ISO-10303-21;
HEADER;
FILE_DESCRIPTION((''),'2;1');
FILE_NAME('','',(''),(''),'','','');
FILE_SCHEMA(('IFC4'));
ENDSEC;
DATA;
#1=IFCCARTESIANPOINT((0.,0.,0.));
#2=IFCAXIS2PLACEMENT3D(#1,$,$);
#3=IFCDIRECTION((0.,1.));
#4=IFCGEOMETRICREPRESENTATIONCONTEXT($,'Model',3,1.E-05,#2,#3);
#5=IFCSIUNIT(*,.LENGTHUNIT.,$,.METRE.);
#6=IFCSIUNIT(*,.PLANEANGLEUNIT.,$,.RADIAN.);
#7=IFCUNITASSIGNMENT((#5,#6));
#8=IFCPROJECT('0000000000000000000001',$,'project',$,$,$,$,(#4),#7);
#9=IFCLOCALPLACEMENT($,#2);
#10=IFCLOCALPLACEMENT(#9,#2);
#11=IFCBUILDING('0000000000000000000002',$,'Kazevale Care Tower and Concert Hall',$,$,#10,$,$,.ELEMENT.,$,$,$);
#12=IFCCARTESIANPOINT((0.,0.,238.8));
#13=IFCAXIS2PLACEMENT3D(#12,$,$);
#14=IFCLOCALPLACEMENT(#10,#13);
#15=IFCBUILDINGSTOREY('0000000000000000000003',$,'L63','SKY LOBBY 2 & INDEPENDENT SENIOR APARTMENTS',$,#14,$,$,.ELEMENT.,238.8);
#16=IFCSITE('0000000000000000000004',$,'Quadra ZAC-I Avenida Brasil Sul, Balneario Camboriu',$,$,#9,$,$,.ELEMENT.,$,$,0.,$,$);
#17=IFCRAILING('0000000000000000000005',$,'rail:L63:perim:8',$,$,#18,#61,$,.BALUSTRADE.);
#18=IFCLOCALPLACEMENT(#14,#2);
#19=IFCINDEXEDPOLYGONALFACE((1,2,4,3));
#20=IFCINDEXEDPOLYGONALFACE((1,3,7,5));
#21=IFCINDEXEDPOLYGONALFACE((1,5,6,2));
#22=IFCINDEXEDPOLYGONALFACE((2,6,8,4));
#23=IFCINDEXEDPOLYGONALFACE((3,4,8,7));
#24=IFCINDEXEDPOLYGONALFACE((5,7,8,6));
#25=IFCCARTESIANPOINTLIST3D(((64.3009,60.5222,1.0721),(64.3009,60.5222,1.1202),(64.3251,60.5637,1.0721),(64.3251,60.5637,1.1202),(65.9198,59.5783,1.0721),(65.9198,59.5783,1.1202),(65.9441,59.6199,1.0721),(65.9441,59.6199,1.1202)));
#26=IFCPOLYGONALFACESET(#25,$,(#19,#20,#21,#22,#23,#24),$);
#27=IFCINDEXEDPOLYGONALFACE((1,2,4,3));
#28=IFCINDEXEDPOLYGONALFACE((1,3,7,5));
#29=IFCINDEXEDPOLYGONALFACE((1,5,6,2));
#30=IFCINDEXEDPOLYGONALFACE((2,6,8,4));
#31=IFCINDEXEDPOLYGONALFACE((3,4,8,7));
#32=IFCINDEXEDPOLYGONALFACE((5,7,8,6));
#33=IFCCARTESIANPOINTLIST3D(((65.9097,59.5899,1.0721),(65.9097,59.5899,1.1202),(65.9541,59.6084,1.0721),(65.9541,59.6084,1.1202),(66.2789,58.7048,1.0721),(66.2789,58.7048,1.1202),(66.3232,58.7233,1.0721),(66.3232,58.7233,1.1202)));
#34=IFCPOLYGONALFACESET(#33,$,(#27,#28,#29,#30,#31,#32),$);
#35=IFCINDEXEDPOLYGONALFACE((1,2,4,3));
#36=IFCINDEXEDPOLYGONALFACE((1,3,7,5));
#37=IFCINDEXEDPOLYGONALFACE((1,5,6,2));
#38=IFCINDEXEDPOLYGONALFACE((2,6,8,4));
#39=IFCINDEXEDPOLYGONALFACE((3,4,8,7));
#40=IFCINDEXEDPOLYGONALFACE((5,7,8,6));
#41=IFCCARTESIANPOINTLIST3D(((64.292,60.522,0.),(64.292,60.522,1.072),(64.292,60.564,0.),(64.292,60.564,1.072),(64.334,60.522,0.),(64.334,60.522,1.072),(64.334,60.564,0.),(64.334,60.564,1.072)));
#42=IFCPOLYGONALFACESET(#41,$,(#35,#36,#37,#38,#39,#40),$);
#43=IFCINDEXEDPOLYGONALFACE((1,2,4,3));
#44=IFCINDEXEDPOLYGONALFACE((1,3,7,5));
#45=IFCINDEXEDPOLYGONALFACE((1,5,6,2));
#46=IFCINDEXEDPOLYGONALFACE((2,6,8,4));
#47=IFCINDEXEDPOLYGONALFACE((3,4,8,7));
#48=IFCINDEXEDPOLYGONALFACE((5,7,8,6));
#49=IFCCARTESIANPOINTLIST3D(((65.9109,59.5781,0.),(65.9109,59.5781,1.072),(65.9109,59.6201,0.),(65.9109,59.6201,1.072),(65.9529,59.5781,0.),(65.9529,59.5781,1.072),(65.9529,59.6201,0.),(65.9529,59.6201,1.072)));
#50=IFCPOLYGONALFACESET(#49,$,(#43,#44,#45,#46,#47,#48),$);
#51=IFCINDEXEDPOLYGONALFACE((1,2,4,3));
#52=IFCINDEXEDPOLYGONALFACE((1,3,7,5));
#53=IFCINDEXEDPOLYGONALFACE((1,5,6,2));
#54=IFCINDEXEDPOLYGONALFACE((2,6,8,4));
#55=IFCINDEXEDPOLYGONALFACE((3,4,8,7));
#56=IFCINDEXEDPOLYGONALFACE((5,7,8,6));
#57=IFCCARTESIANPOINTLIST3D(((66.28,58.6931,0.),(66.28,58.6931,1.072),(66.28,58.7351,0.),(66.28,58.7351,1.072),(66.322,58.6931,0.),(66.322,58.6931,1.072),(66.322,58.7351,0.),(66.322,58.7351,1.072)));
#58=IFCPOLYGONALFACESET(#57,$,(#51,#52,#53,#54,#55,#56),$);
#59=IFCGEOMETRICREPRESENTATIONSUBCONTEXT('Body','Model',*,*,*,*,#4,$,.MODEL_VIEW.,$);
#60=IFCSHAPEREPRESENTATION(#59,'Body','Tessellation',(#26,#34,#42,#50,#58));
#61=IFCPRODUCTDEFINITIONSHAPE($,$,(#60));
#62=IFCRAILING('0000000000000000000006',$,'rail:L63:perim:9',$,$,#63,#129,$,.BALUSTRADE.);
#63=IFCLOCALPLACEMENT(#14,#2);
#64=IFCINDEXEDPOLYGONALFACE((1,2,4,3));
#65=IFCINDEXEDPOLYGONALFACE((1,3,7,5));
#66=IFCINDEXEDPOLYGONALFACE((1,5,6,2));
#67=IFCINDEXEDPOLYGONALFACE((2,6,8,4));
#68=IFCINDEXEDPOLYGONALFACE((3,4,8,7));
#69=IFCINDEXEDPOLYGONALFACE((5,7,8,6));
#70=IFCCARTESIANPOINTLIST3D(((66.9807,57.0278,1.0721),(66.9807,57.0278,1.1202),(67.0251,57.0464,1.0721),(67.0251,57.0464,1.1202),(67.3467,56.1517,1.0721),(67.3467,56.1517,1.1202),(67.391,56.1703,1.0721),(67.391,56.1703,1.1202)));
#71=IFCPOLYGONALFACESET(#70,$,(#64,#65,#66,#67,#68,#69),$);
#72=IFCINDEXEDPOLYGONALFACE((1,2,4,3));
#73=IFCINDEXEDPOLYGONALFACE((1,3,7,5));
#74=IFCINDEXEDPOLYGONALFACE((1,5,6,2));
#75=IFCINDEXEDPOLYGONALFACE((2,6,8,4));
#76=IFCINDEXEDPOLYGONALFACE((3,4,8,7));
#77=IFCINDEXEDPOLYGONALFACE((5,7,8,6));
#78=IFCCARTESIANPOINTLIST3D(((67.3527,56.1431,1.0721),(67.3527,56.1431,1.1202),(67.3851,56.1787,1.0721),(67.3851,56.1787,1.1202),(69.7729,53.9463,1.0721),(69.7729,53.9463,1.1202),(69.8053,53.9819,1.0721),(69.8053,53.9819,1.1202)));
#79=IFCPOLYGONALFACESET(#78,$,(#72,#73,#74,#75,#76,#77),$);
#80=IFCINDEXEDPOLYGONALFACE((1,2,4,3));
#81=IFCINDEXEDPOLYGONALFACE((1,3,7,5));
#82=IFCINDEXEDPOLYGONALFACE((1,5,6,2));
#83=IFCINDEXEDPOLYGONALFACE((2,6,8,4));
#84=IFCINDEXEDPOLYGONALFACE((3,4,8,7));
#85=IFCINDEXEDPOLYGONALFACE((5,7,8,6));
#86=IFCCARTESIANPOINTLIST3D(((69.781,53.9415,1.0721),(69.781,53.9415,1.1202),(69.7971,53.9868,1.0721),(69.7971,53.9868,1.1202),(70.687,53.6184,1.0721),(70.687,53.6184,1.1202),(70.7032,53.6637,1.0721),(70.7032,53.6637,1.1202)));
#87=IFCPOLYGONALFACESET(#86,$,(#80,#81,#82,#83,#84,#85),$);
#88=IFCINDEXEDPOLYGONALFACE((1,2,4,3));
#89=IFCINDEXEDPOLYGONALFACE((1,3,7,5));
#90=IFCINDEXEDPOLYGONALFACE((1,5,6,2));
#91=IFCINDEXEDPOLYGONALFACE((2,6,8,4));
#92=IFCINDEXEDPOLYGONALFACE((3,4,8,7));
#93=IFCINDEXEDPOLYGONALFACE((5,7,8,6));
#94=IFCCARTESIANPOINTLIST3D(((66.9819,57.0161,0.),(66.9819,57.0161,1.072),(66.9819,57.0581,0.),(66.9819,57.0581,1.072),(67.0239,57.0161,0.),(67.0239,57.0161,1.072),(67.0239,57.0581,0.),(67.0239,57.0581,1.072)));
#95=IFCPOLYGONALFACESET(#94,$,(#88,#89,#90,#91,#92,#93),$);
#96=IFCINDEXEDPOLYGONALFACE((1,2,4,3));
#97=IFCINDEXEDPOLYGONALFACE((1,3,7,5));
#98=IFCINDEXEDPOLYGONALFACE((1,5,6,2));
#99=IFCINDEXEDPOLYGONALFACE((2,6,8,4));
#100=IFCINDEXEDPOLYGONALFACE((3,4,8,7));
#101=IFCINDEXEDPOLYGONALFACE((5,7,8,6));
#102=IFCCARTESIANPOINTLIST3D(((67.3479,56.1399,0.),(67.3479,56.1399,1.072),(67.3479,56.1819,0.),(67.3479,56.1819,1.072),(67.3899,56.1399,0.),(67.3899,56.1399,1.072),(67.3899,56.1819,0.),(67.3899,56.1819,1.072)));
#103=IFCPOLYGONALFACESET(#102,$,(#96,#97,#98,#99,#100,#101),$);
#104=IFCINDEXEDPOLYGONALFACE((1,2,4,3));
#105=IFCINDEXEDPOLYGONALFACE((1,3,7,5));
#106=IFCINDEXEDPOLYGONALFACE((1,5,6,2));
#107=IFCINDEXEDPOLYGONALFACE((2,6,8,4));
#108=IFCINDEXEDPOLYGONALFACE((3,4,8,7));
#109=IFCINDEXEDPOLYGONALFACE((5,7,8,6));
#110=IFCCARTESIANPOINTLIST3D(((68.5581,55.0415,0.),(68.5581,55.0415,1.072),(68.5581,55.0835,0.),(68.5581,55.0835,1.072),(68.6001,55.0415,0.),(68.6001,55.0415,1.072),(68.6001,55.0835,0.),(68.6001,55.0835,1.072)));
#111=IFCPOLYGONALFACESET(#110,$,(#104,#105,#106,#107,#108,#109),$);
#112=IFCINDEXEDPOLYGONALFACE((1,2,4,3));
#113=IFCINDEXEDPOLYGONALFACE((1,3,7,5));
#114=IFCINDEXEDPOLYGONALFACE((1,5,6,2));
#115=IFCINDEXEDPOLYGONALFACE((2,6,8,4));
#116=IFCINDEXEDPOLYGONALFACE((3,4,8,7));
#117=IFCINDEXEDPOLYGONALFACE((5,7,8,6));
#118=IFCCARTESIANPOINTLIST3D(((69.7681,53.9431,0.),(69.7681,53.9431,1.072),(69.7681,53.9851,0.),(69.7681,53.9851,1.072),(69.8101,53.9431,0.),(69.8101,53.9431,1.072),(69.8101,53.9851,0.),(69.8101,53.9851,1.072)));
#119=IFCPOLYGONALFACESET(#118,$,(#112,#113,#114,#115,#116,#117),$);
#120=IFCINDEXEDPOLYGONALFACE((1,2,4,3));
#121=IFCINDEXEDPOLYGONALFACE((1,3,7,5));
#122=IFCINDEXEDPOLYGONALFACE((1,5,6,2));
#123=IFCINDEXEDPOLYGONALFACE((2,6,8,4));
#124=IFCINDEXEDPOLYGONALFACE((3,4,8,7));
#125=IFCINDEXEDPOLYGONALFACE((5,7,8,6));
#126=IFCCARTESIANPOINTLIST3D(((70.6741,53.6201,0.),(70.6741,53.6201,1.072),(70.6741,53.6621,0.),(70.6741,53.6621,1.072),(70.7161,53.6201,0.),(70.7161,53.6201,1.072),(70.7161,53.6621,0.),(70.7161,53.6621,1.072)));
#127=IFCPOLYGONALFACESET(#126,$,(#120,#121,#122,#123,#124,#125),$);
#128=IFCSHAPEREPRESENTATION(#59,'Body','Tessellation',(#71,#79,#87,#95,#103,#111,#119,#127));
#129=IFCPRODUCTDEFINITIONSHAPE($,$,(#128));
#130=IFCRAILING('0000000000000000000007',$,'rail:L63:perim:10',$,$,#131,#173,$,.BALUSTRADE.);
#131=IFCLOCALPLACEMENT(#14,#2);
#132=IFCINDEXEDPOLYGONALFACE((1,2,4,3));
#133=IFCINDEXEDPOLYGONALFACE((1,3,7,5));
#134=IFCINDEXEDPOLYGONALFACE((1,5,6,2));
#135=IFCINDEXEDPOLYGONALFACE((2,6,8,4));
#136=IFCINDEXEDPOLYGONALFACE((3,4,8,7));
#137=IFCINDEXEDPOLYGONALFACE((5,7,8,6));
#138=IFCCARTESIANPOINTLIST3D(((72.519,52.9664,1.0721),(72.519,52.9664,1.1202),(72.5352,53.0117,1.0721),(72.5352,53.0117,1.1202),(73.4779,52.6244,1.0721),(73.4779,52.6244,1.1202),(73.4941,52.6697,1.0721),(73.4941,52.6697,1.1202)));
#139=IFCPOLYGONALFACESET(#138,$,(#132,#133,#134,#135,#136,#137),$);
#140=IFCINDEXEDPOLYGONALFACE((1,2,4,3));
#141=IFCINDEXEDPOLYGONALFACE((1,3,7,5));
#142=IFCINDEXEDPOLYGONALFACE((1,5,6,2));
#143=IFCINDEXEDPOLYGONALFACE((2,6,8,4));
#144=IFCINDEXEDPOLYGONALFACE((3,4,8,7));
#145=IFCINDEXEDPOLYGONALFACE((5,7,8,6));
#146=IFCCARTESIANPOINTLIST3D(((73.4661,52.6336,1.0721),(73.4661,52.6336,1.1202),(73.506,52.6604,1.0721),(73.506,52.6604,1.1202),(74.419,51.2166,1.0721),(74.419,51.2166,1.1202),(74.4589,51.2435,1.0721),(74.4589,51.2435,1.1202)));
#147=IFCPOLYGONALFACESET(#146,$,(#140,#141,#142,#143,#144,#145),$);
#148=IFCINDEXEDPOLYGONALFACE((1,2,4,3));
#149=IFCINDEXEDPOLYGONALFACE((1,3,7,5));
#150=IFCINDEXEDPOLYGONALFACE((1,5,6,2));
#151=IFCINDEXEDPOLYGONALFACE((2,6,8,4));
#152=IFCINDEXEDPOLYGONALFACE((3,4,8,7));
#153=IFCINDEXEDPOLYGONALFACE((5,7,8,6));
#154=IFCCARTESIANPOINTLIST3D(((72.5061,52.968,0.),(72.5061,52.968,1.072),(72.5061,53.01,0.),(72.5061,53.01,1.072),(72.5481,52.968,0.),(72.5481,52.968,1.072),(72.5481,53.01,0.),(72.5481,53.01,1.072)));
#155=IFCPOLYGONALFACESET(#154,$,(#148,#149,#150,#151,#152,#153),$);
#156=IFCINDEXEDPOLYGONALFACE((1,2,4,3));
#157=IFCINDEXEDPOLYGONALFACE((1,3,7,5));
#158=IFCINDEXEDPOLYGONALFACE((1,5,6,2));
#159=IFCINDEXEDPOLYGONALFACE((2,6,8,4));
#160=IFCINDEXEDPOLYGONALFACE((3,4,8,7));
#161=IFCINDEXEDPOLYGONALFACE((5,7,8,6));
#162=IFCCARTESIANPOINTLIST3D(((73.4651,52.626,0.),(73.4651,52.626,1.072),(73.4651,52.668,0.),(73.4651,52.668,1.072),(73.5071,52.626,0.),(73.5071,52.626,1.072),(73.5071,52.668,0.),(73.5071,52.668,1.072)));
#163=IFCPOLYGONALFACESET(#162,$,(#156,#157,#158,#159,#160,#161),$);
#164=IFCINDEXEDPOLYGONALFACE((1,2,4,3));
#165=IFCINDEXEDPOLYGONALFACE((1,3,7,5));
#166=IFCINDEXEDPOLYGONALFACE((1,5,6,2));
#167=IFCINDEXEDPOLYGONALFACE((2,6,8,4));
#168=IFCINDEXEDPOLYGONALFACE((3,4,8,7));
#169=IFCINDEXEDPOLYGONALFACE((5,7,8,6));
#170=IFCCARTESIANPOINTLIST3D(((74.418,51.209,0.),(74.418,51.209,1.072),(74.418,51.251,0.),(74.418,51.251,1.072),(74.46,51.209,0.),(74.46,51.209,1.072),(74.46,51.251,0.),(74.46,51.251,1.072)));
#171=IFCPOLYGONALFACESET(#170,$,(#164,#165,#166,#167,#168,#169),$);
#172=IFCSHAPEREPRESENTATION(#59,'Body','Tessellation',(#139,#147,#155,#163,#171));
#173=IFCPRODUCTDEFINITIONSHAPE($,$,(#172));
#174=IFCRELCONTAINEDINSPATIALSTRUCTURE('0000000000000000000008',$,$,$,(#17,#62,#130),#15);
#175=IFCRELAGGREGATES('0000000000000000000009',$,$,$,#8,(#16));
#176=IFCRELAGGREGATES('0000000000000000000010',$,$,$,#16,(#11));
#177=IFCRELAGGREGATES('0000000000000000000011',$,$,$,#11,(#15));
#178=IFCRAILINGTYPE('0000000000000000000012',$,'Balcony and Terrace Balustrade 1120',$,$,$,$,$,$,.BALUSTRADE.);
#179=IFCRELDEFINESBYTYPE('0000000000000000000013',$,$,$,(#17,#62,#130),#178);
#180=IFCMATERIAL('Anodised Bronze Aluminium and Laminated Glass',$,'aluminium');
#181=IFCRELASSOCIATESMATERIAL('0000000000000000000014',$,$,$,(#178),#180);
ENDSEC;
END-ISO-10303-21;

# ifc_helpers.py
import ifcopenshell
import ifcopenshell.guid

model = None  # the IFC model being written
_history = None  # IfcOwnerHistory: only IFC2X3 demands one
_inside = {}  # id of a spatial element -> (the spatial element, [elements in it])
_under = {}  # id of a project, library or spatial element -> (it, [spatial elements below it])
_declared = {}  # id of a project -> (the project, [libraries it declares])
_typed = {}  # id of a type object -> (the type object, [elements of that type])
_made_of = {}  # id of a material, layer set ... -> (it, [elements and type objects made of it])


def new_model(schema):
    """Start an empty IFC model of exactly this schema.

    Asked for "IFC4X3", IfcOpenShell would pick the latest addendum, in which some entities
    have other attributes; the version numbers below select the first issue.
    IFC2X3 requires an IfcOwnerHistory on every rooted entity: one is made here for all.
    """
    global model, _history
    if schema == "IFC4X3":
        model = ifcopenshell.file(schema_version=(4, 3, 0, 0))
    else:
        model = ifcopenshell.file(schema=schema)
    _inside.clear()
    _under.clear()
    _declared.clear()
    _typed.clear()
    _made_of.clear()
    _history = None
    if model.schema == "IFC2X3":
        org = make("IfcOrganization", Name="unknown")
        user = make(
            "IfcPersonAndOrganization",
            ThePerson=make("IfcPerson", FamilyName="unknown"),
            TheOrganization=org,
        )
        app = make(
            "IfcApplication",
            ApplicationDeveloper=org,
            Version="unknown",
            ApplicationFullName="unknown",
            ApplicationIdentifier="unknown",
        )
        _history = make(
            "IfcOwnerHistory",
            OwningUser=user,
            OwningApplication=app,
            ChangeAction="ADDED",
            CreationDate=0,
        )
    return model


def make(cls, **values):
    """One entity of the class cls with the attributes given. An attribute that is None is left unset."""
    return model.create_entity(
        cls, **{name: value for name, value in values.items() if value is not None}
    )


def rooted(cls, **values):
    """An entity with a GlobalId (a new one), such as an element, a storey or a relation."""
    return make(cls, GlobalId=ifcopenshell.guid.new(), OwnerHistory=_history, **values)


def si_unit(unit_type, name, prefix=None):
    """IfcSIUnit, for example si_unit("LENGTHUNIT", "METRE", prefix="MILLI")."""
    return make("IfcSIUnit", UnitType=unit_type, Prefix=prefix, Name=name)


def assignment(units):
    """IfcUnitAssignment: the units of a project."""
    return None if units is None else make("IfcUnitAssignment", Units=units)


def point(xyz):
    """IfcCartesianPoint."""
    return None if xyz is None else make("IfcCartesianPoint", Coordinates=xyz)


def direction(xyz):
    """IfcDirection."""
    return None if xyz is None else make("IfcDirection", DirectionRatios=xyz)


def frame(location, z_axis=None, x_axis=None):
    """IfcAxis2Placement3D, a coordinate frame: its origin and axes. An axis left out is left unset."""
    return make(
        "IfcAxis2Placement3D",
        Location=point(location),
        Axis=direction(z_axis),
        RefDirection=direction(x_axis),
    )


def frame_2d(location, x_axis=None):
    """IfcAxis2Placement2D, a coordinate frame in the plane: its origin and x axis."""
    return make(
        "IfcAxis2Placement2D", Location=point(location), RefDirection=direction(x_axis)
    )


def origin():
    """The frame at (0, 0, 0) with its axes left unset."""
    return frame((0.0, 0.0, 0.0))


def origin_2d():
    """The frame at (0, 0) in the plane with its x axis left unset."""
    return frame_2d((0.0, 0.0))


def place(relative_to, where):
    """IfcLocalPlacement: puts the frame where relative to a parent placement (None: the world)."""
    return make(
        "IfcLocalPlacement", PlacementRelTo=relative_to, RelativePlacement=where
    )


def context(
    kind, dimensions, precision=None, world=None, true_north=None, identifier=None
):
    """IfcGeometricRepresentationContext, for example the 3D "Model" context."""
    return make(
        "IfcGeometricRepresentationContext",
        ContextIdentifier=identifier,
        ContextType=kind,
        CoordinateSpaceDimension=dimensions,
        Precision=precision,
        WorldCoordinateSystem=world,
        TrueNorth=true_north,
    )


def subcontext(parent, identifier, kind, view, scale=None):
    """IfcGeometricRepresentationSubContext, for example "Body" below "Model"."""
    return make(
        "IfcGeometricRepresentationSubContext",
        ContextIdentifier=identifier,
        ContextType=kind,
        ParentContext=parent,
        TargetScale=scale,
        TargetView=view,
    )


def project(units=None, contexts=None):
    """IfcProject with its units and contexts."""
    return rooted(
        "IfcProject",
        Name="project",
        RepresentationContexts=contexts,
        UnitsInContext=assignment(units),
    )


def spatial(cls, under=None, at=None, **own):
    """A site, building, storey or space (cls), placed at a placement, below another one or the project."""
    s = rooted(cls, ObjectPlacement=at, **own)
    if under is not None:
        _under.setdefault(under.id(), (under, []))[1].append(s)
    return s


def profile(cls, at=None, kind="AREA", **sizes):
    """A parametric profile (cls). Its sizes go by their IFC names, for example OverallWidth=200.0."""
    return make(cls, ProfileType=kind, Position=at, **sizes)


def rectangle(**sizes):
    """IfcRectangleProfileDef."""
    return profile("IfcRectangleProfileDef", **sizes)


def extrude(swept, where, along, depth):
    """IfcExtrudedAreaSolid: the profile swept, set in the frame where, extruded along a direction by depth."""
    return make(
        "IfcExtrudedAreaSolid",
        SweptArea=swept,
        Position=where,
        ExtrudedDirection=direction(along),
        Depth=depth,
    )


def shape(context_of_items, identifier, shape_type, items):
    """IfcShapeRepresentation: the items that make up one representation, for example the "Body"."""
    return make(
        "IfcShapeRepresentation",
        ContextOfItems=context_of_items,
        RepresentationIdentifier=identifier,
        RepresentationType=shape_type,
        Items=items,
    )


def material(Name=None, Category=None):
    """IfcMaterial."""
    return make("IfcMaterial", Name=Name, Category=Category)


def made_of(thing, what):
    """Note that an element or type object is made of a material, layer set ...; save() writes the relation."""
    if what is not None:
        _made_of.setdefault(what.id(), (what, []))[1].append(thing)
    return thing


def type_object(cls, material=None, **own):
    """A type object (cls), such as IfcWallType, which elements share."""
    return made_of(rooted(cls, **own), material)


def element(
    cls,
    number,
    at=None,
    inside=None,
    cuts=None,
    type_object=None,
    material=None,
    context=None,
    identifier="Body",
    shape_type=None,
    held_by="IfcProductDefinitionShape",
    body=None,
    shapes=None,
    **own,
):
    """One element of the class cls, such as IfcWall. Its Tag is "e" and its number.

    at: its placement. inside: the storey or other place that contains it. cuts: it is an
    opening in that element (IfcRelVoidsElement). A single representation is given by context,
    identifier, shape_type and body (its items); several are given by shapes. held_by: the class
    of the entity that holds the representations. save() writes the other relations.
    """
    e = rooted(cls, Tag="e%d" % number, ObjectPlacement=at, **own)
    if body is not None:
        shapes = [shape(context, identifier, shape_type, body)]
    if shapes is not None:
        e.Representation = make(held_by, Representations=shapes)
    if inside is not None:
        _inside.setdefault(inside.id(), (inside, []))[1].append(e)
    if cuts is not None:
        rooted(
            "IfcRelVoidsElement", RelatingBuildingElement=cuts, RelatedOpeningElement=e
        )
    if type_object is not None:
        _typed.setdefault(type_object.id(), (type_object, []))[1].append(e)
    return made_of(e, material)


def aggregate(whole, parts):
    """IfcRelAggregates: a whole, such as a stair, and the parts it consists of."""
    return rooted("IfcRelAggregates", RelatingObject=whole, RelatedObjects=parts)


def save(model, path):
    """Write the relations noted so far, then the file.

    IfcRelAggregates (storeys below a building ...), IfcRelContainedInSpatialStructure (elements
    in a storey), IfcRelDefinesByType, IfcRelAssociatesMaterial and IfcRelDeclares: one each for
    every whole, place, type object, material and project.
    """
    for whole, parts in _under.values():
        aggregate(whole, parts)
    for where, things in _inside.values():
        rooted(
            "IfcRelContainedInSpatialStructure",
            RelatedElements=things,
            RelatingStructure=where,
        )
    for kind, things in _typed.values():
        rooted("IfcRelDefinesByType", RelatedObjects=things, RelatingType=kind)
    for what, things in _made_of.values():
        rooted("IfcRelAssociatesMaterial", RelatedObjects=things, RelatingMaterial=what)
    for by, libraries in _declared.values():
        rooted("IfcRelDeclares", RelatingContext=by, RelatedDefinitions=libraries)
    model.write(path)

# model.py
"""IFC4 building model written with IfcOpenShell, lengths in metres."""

from ifc_helpers import new_model, si_unit, direction, frame, origin, origin_2d, place, context, subcontext, project, spatial, rectangle, extrude, material, type_object, element, save


model = new_model("IFC4")

# Units and contexts
model_context = context("Model", 3, precision=1e-05, world=origin(), true_north=direction((0.0, 1.0)))
body_context = subcontext(model_context, "Body", "Model", "MODEL_VIEW")
ifc_project = project(units=[si_unit("LENGTHUNIT", "METRE"), si_unit("PLANEANGLEUNIT", "RADIAN")], contexts=[model_context])

# Site, building, storey
site_placement = place(None, origin())
site = spatial("IfcSite", under=ifc_project, at=site_placement, Name="Quadra ZAC-I Avenida Brasil Sul, Balneario Camboriu", CompositionType="ELEMENT", RefElevation=0.0)
building_placement = place(site_placement, origin())
building = spatial("IfcBuilding", under=site, at=building_placement, Name="Kazevale Care Tower and Concert Hall", CompositionType="ELEMENT")
storey_placement = place(building_placement, frame((0.0, 0.0, 238.8)))
storey = spatial("IfcBuildingStorey", under=building, at=storey_placement, Name="L63", Description="SKY LOBBY 2 & INDEPENDENT SENIOR APARTMENTS", CompositionType="ELEMENT", Elevation=238.8)

# Railings
ifc_material_1 = material(Name="Anodised Bronze Aluminium and Laminated Glass", Category="aluminium")
railing_type = type_object("IfcRailingType", Name="Balcony and Terrace Balustrade 1120", PredefinedType="BALUSTRADE", material=ifc_material_1)
railing_1_placement = place(storey_placement, frame((64.313, 60.543, 0.0)))
element("IfcRailing", 1, at=railing_1_placement, inside=storey, type_object=railing_type, Name="rail:L63:perim:8", PredefinedType="BALUSTRADE", context=body_context, shape_type="SweptSolid", body=[
    extrude(rectangle(XDim=0.0481, YDim=0.0481, at=origin_2d()), frame((0.0, 0.0, 1.0962), z_axis=(0.863897, -0.503669, 0.0), x_axis=(0.503669, 0.863897, 0.0)), (0.0, 0.0, 1.0), 1.874),
    extrude(rectangle(XDim=0.0481, YDim=0.0481, at=origin_2d()), frame((1.6189, -0.9438, 1.0962), z_axis=(0.384959, -0.922934, 0.0), x_axis=(0.922934, 0.384959, 0.0)), (0.0, 0.0, 1.0), 0.959),
    extrude(rectangle(XDim=0.042, YDim=0.042, at=origin_2d()), origin(), (0.0, 0.0, 1.0), 1.072),
    extrude(rectangle(XDim=0.042, YDim=0.042, at=origin_2d()), frame((1.6189, -0.9438, 0.0)), (0.0, 0.0, 1.0), 1.072),
    extrude(rectangle(XDim=0.042, YDim=0.042, at=origin_2d()), frame((1.988, -1.8289, 0.0)), (0.0, 0.0, 1.0), 1.072),
])
railing_2_placement = place(storey_placement, frame((67.0029, 57.0371, 0.0)))
element("IfcRailing", 2, at=railing_2_placement, inside=storey, type_object=railing_type, Name="rail:L63:perim:9", PredefinedType="BALUSTRADE", context=body_context, shape_type="SweptSolid", body=[
    extrude(rectangle(XDim=0.0481, YDim=0.0481, at=origin_2d()), frame((0.0, 0.0, 1.0962), z_axis=(0.3854, -0.92275, 0.0), x_axis=(0.92275, 0.3854, 0.0)), (0.0, 0.0, 1.0), 0.9495),
    extrude(rectangle(XDim=0.0481, YDim=0.0481, at=origin_2d()), frame((0.366, -0.8762, 1.0962), z_axis=(0.740454, -0.672107, 0.0), x_axis=(0.672107, 0.740454, 0.0)), (0.0, 0.0, 1.0), 3.2686),
    extrude(rectangle(XDim=0.0481, YDim=0.0481, at=origin_2d()), frame((2.7861, -3.073, 1.0962), z_axis=(0.941931, -0.335806, 0.0), x_axis=(0.335806, 0.941931, 0.0)), (0.0, 0.0, 1.0), 0.9619),
    extrude(rectangle(XDim=0.042, YDim=0.042, at=origin_2d()), origin(), (0.0, 0.0, 1.0), 1.072),
    extrude(rectangle(XDim=0.042, YDim=0.042, at=origin_2d()), frame((0.366, -0.8762, 0.0)), (0.0, 0.0, 1.0), 1.072),
    extrude(rectangle(XDim=0.042, YDim=0.042, at=origin_2d()), frame((1.5762, -1.9746, 0.0)), (0.0, 0.0, 1.0), 1.072),
    extrude(rectangle(XDim=0.042, YDim=0.042, at=origin_2d()), frame((2.7861, -3.073, 0.0)), (0.0, 0.0, 1.0), 1.072),
    extrude(rectangle(XDim=0.042, YDim=0.042, at=origin_2d()), frame((3.6921, -3.396, 0.0)), (0.0, 0.0, 1.0), 1.072),
])
railing_3_placement = place(storey_placement, frame((72.5271, 52.989, 0.0)))
element("IfcRailing", 3, at=railing_3_placement, inside=storey, type_object=railing_type, Name="rail:L63:perim:10", PredefinedType="BALUSTRADE", context=body_context, shape_type="SweptSolid", body=[
    extrude(rectangle(XDim=0.0481, YDim=0.0481, at=origin_2d()), frame((0.0, 0.0, 1.0962), z_axis=(0.941883, -0.335941, 0.0), x_axis=(0.335941, 0.941883, 0.0)), (0.0, 0.0, 1.0), 1.0181),
    extrude(rectangle(XDim=0.0481, YDim=0.0481, at=origin_2d()), frame((0.959, -0.342, 1.0962), z_axis=(0.558028, -0.829822, 0.0), x_axis=(0.829822, 0.558028, 0.0)), (0.0, 0.0, 1.0), 1.7075),
    extrude(rectangle(XDim=0.042, YDim=0.042, at=origin_2d()), origin(), (0.0, 0.0, 1.0), 1.072),
    extrude(rectangle(XDim=0.042, YDim=0.042, at=origin_2d()), frame((0.959, -0.342, 0.0)), (0.0, 0.0, 1.0), 1.072),
    extrude(rectangle(XDim=0.042, YDim=0.042, at=origin_2d()), frame((1.9119, -1.759, 0.0)), (0.0, 0.0, 1.0), 1.072),
])

save(model, "model.ifc")
